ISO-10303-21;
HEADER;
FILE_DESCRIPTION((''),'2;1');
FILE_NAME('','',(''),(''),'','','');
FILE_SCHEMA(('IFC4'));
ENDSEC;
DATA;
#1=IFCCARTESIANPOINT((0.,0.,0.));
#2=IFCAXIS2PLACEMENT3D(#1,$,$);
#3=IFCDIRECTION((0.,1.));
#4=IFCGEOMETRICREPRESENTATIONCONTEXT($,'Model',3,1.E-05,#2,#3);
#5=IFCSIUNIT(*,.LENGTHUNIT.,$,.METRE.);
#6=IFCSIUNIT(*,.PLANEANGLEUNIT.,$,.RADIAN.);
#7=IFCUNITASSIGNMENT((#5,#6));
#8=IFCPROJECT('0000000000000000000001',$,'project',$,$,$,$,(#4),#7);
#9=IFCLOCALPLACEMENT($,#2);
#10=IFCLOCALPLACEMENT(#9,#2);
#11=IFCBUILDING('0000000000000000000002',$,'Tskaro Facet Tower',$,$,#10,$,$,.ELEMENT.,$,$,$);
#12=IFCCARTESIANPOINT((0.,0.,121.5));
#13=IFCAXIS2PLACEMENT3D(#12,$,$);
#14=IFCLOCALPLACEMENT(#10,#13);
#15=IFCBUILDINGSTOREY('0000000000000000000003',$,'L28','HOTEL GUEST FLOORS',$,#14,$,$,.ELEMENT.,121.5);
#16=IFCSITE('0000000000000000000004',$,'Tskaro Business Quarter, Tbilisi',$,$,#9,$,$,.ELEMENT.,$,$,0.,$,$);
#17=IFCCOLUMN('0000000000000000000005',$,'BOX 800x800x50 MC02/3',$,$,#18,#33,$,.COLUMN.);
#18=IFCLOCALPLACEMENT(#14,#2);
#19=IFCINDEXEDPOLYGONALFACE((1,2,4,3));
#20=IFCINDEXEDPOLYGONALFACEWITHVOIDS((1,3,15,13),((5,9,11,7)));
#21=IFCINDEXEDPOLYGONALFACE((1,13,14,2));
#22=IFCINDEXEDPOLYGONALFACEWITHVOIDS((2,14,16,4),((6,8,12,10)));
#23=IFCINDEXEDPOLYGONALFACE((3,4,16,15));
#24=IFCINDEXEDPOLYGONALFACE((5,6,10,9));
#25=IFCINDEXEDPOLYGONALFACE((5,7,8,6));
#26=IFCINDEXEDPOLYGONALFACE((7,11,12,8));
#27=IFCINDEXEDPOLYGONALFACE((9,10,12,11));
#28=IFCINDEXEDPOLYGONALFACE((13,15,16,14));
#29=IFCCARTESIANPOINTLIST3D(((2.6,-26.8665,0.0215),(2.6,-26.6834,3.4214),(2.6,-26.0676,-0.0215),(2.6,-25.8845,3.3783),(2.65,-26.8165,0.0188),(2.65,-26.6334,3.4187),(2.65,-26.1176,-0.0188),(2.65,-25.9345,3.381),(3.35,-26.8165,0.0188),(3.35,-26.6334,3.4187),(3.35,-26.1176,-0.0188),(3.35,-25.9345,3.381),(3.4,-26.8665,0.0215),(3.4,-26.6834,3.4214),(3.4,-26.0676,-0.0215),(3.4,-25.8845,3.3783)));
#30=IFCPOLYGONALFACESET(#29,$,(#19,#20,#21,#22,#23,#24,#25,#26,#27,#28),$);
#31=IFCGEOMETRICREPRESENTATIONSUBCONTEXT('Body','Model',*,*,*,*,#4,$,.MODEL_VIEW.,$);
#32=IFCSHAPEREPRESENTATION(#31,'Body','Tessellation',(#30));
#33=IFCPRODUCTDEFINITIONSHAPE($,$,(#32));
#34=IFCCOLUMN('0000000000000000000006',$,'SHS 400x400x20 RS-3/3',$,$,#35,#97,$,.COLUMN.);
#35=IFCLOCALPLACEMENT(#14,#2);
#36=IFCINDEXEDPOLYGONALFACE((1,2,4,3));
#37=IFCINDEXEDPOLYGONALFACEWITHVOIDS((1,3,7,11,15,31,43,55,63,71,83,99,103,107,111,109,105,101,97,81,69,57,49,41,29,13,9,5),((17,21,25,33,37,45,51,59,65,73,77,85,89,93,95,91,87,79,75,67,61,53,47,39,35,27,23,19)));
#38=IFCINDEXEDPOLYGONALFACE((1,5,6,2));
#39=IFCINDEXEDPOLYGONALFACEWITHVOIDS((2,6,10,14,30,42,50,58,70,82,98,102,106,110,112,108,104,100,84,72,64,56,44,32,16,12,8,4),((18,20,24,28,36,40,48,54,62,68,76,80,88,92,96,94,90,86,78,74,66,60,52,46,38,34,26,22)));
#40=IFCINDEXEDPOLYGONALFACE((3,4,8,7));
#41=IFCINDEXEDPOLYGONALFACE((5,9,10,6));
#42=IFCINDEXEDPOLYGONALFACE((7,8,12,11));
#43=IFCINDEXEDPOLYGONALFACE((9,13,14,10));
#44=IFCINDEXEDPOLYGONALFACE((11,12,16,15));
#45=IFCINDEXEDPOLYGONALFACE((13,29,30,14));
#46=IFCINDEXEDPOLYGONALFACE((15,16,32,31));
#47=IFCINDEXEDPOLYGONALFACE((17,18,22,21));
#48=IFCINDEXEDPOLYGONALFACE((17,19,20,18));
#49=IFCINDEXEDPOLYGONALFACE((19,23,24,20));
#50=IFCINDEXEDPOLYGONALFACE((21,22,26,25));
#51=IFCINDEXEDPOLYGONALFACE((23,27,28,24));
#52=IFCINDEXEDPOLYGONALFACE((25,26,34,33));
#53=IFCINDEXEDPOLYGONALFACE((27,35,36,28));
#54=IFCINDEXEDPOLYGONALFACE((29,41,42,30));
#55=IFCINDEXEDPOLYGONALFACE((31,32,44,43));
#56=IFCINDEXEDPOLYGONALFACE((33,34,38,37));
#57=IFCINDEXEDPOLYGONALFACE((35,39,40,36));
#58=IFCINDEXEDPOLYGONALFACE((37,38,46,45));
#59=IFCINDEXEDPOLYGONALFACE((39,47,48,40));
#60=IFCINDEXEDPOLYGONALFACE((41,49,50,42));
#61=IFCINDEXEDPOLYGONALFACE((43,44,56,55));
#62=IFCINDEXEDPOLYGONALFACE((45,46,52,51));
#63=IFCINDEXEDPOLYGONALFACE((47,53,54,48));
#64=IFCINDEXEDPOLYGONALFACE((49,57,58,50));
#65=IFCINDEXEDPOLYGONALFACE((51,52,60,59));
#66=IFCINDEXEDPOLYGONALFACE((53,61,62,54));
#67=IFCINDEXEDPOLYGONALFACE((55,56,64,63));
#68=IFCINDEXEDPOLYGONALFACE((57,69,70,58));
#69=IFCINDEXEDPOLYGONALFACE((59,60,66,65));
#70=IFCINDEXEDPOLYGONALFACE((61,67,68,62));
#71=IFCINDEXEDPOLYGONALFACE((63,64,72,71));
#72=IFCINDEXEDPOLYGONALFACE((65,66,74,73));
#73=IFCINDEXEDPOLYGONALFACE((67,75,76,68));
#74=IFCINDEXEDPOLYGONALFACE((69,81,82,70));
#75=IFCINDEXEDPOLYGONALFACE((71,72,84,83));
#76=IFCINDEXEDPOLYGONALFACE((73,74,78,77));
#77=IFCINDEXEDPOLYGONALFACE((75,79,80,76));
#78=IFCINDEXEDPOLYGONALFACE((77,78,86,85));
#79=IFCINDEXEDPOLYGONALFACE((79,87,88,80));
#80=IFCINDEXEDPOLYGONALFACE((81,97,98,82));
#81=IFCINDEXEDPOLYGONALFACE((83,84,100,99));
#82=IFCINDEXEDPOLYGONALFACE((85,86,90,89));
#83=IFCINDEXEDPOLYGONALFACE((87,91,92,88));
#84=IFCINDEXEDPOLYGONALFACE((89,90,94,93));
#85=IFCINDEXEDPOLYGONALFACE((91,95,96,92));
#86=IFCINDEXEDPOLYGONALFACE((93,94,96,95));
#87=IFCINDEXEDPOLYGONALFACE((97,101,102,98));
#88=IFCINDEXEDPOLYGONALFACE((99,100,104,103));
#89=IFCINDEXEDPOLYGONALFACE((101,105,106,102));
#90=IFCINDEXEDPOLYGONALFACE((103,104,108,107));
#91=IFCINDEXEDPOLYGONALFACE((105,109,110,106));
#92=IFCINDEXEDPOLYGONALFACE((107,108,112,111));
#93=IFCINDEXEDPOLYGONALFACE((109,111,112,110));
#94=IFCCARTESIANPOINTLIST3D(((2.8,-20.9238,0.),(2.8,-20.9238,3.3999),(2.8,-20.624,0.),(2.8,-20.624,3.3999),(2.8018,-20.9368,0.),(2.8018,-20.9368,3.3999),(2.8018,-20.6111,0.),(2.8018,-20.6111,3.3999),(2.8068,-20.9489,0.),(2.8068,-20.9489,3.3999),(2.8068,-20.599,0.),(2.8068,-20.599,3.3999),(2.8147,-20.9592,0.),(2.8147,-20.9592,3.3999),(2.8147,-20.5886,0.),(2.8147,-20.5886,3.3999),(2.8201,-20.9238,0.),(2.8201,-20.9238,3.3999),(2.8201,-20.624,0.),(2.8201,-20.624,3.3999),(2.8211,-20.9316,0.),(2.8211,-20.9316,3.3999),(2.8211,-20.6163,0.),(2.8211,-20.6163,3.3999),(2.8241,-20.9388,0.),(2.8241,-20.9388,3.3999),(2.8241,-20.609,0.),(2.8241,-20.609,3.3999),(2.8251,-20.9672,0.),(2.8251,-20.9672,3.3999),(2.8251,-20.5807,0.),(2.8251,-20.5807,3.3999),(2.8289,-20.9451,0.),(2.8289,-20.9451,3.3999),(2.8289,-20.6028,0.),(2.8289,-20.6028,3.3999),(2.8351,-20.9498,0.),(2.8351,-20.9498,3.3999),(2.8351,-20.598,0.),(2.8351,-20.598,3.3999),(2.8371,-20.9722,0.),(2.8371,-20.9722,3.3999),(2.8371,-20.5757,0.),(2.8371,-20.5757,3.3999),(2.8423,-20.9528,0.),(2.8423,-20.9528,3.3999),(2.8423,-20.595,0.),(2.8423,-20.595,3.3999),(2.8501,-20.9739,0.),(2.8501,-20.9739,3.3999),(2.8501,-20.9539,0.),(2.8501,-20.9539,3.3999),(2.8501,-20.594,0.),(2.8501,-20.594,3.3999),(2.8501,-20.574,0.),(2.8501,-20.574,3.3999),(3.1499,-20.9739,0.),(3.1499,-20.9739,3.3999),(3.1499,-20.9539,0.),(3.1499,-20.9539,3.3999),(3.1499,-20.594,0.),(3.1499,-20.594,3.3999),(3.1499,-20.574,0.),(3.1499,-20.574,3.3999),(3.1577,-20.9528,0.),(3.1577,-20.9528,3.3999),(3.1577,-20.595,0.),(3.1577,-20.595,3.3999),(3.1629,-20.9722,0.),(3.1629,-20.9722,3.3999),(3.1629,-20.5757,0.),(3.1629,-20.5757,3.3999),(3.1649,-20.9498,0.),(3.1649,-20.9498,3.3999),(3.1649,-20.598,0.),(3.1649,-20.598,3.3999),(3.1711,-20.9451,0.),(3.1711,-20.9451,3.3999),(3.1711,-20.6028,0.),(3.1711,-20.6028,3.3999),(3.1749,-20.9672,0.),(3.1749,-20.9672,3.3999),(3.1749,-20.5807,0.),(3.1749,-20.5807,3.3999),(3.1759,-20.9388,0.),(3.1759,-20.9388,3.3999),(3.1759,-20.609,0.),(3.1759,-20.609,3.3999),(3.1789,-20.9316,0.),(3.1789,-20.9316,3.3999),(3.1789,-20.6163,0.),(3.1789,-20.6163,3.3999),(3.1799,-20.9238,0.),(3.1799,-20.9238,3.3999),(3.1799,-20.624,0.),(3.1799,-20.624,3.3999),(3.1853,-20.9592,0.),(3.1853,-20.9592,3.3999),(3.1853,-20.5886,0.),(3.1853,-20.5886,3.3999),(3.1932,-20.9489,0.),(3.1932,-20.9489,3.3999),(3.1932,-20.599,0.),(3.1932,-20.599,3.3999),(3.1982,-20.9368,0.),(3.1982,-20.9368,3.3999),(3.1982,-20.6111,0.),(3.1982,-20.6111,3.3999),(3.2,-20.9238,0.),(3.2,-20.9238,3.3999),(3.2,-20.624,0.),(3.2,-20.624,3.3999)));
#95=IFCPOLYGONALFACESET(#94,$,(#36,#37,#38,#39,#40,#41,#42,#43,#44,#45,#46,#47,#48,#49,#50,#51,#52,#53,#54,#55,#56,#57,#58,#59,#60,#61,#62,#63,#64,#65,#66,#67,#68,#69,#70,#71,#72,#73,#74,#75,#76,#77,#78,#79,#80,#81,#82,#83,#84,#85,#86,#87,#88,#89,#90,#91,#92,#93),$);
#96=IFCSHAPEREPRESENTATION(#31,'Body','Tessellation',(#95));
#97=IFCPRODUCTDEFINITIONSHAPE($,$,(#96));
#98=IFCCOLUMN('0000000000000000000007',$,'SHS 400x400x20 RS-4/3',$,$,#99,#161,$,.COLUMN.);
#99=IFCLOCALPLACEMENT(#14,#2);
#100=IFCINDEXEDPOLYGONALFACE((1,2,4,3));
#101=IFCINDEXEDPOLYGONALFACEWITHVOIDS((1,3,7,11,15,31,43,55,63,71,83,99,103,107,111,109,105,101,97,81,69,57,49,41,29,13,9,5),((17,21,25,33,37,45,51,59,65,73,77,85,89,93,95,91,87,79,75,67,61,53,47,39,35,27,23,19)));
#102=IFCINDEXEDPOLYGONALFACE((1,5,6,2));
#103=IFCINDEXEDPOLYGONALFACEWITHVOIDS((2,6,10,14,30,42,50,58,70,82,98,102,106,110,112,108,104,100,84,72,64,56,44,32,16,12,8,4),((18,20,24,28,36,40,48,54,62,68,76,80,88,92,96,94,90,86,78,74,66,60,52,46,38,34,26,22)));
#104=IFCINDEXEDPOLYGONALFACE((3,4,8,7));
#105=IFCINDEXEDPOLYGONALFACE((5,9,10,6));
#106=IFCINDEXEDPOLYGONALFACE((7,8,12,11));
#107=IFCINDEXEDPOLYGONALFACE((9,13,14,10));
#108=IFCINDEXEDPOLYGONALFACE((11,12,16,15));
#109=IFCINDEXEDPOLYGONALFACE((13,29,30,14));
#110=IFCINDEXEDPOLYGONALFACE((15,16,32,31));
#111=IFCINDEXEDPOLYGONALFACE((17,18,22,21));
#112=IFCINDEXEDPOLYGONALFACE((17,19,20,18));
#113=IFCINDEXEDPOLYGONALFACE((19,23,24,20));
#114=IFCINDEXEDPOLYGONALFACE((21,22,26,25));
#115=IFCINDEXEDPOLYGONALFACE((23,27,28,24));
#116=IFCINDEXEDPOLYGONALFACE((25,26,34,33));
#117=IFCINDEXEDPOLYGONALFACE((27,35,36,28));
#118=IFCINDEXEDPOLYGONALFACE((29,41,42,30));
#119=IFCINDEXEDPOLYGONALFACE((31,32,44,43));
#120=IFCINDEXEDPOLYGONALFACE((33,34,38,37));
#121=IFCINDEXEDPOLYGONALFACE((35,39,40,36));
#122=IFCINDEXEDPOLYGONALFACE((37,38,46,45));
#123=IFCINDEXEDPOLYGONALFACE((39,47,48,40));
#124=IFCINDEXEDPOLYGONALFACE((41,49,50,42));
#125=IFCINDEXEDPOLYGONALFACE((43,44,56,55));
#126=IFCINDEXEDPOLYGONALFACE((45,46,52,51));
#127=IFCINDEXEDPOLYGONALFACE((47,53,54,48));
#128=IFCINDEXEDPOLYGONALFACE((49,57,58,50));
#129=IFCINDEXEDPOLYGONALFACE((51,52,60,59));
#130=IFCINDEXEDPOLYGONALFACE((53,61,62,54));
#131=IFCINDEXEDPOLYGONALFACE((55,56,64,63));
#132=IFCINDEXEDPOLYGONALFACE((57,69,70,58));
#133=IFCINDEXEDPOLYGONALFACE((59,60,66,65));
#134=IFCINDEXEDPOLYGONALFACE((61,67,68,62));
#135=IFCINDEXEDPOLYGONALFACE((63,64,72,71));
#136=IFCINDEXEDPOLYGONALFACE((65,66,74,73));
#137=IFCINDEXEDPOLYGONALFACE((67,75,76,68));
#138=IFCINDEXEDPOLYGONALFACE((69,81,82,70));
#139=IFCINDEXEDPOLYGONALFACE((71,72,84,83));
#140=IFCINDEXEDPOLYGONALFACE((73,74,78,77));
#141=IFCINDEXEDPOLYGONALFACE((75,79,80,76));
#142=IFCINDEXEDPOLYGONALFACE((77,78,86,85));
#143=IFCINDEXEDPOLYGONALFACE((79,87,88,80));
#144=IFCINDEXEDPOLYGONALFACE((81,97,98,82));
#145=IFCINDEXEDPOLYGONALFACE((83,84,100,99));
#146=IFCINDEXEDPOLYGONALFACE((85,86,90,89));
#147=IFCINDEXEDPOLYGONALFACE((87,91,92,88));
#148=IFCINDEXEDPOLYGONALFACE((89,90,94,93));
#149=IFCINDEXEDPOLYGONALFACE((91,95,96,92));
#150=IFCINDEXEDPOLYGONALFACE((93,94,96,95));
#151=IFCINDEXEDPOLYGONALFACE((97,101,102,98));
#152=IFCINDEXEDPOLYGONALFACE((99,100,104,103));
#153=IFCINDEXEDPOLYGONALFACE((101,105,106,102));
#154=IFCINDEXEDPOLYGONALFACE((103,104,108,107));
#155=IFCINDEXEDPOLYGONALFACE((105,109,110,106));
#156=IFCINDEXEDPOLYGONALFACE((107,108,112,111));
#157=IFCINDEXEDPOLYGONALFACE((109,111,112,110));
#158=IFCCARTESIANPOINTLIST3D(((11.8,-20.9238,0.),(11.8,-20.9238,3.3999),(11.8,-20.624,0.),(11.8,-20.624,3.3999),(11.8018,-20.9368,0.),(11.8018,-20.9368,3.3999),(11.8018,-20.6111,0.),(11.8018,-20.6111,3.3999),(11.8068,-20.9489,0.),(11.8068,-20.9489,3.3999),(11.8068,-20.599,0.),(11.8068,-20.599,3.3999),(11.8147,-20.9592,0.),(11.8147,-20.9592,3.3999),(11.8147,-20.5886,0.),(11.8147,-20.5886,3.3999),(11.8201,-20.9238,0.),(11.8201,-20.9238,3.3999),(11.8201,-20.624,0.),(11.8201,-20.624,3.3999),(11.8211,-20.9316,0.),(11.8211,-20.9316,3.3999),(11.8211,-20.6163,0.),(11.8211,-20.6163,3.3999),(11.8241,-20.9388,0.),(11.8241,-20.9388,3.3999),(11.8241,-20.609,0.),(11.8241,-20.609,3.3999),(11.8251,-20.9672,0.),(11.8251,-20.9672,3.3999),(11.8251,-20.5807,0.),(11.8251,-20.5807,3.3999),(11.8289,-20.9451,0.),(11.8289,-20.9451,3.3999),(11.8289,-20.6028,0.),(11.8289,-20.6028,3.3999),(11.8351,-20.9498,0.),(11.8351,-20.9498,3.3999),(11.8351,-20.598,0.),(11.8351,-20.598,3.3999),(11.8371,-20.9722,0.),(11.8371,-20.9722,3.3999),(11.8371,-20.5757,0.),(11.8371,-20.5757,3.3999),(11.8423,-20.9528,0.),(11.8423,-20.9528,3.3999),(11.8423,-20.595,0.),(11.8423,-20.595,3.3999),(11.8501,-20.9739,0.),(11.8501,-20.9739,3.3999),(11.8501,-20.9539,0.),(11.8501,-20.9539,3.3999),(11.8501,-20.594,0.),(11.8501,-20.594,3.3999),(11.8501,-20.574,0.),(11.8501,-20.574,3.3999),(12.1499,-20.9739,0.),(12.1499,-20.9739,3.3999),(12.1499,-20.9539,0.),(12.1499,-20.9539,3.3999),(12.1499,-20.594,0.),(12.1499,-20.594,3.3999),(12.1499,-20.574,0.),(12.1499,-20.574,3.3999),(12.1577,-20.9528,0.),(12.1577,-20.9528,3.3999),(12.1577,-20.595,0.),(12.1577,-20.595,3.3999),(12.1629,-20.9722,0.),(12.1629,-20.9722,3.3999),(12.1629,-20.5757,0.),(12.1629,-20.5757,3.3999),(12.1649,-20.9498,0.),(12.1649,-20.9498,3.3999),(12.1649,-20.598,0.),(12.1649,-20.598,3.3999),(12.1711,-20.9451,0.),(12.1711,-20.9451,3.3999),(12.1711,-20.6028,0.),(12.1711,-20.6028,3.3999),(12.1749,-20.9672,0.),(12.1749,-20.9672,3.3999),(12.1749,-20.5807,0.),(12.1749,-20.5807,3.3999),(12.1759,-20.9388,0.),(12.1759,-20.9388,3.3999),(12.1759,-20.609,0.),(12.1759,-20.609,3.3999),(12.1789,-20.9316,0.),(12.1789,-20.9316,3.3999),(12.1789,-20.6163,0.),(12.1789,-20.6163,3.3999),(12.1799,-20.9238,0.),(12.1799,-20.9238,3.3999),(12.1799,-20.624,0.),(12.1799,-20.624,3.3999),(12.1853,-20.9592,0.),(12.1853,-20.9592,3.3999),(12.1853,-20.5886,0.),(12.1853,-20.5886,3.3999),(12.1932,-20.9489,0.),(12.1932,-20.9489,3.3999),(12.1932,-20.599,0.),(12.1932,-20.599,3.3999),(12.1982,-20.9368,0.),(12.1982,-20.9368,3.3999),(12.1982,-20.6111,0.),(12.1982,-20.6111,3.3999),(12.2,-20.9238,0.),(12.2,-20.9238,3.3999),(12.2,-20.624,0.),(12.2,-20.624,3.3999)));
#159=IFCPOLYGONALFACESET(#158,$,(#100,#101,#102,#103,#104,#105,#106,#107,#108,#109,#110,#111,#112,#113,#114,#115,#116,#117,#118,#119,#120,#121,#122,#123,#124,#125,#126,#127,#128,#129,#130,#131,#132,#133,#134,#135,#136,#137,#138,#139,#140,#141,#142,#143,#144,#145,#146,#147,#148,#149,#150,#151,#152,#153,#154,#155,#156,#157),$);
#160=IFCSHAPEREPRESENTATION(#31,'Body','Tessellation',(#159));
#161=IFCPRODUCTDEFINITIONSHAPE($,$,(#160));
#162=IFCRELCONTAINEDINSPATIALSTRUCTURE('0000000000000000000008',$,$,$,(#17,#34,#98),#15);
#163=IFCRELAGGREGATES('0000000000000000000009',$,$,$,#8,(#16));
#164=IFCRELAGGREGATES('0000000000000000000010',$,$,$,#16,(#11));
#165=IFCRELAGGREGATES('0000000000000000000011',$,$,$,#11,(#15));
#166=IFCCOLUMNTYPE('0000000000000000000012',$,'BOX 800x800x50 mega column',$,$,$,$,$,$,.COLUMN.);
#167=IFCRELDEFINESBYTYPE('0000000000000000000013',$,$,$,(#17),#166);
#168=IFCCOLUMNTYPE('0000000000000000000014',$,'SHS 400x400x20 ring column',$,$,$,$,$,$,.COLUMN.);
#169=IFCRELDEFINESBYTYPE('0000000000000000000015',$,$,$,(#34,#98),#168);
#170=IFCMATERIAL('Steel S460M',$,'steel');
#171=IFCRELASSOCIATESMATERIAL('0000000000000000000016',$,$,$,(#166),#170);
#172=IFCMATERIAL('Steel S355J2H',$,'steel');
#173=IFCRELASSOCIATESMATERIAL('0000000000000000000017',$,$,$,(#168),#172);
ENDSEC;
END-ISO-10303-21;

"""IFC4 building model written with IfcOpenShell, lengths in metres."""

from ifc_helpers import new_model, si_unit, direction, frame, origin, origin_2d, place, context, subcontext, project, spatial, hollow_rectangle, extrude, material, material_profile, profile_set, type_object, element, save


model = new_model("IFC4")

# Units and contexts
model_context = context("Model", 3, precision=1e-05, world=origin(), true_north=direction((0.0, 1.0)))
body_context = subcontext(model_context, "Body", "Model", "MODEL_VIEW")
ifc_project = project(units=[si_unit("LENGTHUNIT", "METRE"), si_unit("PLANEANGLEUNIT", "RADIAN")], contexts=[model_context])

# Site, building, storey
site_placement = place(None, origin())
site = spatial("IfcSite", under=ifc_project, at=site_placement, Name="Tskaro Business Quarter, Tbilisi", CompositionType="ELEMENT", RefElevation=0.0)
building_placement = place(site_placement, origin())
building = spatial("IfcBuilding", under=site, at=building_placement, Name="Tskaro Facet Tower", CompositionType="ELEMENT")
storey_placement = place(building_placement, frame((0.0, 0.0, 121.5)))
storey = spatial("IfcBuildingStorey", under=building, at=storey_placement, Name="L28", Description="HOTEL GUEST FLOORS", CompositionType="ELEMENT", Elevation=121.5)

# Columns
ifc_material_1 = material(Name="Steel S460M", Category="steel")
ifc_material_profile_1 = material_profile(ifc_material_1, hollow_rectangle(XDim=0.8, YDim=0.8, WallThickness=0.05, at=origin_2d()), Name="BOX 800x800x50")
ifc_profile_set_1 = profile_set([ifc_material_profile_1], Name="Steel S460M")
column_type_1 = type_object("IfcColumnType", Name="BOX 800x800x50 mega column", PredefinedType="COLUMN", material=ifc_profile_set_1)
column_placement = place(storey_placement, frame((3.0, -26.467, 0.0), z_axis=(0.0, 0.053778, 0.998553), x_axis=(-1.0, 0.0, 0.0)))
element("IfcColumn", 1, at=column_placement, inside=storey, type_object=column_type_1, Name="BOX 800x800x50 MC02/3", PredefinedType="COLUMN", context=body_context, shape_type="SweptSolid", body=[
    extrude(hollow_rectangle(XDim=0.8, YDim=0.8, WallThickness=0.05, at=origin_2d()), origin(), (0.0, 0.0, 1.0), 3.4048),
])
ifc_material_2 = material(Name="Steel S355J2H", Category="steel")
ifc_material_profile_2 = material_profile(ifc_material_2, hollow_rectangle(XDim=0.3999, YDim=0.3999, WallThickness=0.02, InnerFilletRadius=0.03, OuterFilletRadius=0.05, at=origin_2d()), Name="SHS 400x400x20")
ifc_profile_set_2 = profile_set([ifc_material_profile_2], Name="Steel S355J2H")
column_type_2 = type_object("IfcColumnType", Name="SHS 400x400x20 ring column", PredefinedType="COLUMN", material=ifc_profile_set_2)
for number, where, z_axis, x_axis, name in (
    (2, (3.0, -20.7739, 0.0), (0.0, 0.0, 1.0), (1.0, 0.0, 0.0), "SHS 400x400x20 RS-3/3"),
    (3, (12.0, -20.7739, 0.0), (0.0, 0.0, 1.0), (1.0, 0.0, 0.0), "SHS 400x400x20 RS-4/3"),
):
    element("IfcColumn", number, at=place(storey_placement, frame(where, z_axis=z_axis, x_axis=x_axis)), inside=storey, type_object=column_type_2, Name=name, PredefinedType="COLUMN", context=body_context, shape_type="SweptSolid", body=[
        extrude(hollow_rectangle(XDim=0.3999, YDim=0.3999, WallThickness=0.02, InnerFilletRadius=0.03, OuterFilletRadius=0.05, at=origin_2d()), origin(), (0.0, 0.0, 1.0), 3.3999),
    ])

save(model, "model.ifc")
